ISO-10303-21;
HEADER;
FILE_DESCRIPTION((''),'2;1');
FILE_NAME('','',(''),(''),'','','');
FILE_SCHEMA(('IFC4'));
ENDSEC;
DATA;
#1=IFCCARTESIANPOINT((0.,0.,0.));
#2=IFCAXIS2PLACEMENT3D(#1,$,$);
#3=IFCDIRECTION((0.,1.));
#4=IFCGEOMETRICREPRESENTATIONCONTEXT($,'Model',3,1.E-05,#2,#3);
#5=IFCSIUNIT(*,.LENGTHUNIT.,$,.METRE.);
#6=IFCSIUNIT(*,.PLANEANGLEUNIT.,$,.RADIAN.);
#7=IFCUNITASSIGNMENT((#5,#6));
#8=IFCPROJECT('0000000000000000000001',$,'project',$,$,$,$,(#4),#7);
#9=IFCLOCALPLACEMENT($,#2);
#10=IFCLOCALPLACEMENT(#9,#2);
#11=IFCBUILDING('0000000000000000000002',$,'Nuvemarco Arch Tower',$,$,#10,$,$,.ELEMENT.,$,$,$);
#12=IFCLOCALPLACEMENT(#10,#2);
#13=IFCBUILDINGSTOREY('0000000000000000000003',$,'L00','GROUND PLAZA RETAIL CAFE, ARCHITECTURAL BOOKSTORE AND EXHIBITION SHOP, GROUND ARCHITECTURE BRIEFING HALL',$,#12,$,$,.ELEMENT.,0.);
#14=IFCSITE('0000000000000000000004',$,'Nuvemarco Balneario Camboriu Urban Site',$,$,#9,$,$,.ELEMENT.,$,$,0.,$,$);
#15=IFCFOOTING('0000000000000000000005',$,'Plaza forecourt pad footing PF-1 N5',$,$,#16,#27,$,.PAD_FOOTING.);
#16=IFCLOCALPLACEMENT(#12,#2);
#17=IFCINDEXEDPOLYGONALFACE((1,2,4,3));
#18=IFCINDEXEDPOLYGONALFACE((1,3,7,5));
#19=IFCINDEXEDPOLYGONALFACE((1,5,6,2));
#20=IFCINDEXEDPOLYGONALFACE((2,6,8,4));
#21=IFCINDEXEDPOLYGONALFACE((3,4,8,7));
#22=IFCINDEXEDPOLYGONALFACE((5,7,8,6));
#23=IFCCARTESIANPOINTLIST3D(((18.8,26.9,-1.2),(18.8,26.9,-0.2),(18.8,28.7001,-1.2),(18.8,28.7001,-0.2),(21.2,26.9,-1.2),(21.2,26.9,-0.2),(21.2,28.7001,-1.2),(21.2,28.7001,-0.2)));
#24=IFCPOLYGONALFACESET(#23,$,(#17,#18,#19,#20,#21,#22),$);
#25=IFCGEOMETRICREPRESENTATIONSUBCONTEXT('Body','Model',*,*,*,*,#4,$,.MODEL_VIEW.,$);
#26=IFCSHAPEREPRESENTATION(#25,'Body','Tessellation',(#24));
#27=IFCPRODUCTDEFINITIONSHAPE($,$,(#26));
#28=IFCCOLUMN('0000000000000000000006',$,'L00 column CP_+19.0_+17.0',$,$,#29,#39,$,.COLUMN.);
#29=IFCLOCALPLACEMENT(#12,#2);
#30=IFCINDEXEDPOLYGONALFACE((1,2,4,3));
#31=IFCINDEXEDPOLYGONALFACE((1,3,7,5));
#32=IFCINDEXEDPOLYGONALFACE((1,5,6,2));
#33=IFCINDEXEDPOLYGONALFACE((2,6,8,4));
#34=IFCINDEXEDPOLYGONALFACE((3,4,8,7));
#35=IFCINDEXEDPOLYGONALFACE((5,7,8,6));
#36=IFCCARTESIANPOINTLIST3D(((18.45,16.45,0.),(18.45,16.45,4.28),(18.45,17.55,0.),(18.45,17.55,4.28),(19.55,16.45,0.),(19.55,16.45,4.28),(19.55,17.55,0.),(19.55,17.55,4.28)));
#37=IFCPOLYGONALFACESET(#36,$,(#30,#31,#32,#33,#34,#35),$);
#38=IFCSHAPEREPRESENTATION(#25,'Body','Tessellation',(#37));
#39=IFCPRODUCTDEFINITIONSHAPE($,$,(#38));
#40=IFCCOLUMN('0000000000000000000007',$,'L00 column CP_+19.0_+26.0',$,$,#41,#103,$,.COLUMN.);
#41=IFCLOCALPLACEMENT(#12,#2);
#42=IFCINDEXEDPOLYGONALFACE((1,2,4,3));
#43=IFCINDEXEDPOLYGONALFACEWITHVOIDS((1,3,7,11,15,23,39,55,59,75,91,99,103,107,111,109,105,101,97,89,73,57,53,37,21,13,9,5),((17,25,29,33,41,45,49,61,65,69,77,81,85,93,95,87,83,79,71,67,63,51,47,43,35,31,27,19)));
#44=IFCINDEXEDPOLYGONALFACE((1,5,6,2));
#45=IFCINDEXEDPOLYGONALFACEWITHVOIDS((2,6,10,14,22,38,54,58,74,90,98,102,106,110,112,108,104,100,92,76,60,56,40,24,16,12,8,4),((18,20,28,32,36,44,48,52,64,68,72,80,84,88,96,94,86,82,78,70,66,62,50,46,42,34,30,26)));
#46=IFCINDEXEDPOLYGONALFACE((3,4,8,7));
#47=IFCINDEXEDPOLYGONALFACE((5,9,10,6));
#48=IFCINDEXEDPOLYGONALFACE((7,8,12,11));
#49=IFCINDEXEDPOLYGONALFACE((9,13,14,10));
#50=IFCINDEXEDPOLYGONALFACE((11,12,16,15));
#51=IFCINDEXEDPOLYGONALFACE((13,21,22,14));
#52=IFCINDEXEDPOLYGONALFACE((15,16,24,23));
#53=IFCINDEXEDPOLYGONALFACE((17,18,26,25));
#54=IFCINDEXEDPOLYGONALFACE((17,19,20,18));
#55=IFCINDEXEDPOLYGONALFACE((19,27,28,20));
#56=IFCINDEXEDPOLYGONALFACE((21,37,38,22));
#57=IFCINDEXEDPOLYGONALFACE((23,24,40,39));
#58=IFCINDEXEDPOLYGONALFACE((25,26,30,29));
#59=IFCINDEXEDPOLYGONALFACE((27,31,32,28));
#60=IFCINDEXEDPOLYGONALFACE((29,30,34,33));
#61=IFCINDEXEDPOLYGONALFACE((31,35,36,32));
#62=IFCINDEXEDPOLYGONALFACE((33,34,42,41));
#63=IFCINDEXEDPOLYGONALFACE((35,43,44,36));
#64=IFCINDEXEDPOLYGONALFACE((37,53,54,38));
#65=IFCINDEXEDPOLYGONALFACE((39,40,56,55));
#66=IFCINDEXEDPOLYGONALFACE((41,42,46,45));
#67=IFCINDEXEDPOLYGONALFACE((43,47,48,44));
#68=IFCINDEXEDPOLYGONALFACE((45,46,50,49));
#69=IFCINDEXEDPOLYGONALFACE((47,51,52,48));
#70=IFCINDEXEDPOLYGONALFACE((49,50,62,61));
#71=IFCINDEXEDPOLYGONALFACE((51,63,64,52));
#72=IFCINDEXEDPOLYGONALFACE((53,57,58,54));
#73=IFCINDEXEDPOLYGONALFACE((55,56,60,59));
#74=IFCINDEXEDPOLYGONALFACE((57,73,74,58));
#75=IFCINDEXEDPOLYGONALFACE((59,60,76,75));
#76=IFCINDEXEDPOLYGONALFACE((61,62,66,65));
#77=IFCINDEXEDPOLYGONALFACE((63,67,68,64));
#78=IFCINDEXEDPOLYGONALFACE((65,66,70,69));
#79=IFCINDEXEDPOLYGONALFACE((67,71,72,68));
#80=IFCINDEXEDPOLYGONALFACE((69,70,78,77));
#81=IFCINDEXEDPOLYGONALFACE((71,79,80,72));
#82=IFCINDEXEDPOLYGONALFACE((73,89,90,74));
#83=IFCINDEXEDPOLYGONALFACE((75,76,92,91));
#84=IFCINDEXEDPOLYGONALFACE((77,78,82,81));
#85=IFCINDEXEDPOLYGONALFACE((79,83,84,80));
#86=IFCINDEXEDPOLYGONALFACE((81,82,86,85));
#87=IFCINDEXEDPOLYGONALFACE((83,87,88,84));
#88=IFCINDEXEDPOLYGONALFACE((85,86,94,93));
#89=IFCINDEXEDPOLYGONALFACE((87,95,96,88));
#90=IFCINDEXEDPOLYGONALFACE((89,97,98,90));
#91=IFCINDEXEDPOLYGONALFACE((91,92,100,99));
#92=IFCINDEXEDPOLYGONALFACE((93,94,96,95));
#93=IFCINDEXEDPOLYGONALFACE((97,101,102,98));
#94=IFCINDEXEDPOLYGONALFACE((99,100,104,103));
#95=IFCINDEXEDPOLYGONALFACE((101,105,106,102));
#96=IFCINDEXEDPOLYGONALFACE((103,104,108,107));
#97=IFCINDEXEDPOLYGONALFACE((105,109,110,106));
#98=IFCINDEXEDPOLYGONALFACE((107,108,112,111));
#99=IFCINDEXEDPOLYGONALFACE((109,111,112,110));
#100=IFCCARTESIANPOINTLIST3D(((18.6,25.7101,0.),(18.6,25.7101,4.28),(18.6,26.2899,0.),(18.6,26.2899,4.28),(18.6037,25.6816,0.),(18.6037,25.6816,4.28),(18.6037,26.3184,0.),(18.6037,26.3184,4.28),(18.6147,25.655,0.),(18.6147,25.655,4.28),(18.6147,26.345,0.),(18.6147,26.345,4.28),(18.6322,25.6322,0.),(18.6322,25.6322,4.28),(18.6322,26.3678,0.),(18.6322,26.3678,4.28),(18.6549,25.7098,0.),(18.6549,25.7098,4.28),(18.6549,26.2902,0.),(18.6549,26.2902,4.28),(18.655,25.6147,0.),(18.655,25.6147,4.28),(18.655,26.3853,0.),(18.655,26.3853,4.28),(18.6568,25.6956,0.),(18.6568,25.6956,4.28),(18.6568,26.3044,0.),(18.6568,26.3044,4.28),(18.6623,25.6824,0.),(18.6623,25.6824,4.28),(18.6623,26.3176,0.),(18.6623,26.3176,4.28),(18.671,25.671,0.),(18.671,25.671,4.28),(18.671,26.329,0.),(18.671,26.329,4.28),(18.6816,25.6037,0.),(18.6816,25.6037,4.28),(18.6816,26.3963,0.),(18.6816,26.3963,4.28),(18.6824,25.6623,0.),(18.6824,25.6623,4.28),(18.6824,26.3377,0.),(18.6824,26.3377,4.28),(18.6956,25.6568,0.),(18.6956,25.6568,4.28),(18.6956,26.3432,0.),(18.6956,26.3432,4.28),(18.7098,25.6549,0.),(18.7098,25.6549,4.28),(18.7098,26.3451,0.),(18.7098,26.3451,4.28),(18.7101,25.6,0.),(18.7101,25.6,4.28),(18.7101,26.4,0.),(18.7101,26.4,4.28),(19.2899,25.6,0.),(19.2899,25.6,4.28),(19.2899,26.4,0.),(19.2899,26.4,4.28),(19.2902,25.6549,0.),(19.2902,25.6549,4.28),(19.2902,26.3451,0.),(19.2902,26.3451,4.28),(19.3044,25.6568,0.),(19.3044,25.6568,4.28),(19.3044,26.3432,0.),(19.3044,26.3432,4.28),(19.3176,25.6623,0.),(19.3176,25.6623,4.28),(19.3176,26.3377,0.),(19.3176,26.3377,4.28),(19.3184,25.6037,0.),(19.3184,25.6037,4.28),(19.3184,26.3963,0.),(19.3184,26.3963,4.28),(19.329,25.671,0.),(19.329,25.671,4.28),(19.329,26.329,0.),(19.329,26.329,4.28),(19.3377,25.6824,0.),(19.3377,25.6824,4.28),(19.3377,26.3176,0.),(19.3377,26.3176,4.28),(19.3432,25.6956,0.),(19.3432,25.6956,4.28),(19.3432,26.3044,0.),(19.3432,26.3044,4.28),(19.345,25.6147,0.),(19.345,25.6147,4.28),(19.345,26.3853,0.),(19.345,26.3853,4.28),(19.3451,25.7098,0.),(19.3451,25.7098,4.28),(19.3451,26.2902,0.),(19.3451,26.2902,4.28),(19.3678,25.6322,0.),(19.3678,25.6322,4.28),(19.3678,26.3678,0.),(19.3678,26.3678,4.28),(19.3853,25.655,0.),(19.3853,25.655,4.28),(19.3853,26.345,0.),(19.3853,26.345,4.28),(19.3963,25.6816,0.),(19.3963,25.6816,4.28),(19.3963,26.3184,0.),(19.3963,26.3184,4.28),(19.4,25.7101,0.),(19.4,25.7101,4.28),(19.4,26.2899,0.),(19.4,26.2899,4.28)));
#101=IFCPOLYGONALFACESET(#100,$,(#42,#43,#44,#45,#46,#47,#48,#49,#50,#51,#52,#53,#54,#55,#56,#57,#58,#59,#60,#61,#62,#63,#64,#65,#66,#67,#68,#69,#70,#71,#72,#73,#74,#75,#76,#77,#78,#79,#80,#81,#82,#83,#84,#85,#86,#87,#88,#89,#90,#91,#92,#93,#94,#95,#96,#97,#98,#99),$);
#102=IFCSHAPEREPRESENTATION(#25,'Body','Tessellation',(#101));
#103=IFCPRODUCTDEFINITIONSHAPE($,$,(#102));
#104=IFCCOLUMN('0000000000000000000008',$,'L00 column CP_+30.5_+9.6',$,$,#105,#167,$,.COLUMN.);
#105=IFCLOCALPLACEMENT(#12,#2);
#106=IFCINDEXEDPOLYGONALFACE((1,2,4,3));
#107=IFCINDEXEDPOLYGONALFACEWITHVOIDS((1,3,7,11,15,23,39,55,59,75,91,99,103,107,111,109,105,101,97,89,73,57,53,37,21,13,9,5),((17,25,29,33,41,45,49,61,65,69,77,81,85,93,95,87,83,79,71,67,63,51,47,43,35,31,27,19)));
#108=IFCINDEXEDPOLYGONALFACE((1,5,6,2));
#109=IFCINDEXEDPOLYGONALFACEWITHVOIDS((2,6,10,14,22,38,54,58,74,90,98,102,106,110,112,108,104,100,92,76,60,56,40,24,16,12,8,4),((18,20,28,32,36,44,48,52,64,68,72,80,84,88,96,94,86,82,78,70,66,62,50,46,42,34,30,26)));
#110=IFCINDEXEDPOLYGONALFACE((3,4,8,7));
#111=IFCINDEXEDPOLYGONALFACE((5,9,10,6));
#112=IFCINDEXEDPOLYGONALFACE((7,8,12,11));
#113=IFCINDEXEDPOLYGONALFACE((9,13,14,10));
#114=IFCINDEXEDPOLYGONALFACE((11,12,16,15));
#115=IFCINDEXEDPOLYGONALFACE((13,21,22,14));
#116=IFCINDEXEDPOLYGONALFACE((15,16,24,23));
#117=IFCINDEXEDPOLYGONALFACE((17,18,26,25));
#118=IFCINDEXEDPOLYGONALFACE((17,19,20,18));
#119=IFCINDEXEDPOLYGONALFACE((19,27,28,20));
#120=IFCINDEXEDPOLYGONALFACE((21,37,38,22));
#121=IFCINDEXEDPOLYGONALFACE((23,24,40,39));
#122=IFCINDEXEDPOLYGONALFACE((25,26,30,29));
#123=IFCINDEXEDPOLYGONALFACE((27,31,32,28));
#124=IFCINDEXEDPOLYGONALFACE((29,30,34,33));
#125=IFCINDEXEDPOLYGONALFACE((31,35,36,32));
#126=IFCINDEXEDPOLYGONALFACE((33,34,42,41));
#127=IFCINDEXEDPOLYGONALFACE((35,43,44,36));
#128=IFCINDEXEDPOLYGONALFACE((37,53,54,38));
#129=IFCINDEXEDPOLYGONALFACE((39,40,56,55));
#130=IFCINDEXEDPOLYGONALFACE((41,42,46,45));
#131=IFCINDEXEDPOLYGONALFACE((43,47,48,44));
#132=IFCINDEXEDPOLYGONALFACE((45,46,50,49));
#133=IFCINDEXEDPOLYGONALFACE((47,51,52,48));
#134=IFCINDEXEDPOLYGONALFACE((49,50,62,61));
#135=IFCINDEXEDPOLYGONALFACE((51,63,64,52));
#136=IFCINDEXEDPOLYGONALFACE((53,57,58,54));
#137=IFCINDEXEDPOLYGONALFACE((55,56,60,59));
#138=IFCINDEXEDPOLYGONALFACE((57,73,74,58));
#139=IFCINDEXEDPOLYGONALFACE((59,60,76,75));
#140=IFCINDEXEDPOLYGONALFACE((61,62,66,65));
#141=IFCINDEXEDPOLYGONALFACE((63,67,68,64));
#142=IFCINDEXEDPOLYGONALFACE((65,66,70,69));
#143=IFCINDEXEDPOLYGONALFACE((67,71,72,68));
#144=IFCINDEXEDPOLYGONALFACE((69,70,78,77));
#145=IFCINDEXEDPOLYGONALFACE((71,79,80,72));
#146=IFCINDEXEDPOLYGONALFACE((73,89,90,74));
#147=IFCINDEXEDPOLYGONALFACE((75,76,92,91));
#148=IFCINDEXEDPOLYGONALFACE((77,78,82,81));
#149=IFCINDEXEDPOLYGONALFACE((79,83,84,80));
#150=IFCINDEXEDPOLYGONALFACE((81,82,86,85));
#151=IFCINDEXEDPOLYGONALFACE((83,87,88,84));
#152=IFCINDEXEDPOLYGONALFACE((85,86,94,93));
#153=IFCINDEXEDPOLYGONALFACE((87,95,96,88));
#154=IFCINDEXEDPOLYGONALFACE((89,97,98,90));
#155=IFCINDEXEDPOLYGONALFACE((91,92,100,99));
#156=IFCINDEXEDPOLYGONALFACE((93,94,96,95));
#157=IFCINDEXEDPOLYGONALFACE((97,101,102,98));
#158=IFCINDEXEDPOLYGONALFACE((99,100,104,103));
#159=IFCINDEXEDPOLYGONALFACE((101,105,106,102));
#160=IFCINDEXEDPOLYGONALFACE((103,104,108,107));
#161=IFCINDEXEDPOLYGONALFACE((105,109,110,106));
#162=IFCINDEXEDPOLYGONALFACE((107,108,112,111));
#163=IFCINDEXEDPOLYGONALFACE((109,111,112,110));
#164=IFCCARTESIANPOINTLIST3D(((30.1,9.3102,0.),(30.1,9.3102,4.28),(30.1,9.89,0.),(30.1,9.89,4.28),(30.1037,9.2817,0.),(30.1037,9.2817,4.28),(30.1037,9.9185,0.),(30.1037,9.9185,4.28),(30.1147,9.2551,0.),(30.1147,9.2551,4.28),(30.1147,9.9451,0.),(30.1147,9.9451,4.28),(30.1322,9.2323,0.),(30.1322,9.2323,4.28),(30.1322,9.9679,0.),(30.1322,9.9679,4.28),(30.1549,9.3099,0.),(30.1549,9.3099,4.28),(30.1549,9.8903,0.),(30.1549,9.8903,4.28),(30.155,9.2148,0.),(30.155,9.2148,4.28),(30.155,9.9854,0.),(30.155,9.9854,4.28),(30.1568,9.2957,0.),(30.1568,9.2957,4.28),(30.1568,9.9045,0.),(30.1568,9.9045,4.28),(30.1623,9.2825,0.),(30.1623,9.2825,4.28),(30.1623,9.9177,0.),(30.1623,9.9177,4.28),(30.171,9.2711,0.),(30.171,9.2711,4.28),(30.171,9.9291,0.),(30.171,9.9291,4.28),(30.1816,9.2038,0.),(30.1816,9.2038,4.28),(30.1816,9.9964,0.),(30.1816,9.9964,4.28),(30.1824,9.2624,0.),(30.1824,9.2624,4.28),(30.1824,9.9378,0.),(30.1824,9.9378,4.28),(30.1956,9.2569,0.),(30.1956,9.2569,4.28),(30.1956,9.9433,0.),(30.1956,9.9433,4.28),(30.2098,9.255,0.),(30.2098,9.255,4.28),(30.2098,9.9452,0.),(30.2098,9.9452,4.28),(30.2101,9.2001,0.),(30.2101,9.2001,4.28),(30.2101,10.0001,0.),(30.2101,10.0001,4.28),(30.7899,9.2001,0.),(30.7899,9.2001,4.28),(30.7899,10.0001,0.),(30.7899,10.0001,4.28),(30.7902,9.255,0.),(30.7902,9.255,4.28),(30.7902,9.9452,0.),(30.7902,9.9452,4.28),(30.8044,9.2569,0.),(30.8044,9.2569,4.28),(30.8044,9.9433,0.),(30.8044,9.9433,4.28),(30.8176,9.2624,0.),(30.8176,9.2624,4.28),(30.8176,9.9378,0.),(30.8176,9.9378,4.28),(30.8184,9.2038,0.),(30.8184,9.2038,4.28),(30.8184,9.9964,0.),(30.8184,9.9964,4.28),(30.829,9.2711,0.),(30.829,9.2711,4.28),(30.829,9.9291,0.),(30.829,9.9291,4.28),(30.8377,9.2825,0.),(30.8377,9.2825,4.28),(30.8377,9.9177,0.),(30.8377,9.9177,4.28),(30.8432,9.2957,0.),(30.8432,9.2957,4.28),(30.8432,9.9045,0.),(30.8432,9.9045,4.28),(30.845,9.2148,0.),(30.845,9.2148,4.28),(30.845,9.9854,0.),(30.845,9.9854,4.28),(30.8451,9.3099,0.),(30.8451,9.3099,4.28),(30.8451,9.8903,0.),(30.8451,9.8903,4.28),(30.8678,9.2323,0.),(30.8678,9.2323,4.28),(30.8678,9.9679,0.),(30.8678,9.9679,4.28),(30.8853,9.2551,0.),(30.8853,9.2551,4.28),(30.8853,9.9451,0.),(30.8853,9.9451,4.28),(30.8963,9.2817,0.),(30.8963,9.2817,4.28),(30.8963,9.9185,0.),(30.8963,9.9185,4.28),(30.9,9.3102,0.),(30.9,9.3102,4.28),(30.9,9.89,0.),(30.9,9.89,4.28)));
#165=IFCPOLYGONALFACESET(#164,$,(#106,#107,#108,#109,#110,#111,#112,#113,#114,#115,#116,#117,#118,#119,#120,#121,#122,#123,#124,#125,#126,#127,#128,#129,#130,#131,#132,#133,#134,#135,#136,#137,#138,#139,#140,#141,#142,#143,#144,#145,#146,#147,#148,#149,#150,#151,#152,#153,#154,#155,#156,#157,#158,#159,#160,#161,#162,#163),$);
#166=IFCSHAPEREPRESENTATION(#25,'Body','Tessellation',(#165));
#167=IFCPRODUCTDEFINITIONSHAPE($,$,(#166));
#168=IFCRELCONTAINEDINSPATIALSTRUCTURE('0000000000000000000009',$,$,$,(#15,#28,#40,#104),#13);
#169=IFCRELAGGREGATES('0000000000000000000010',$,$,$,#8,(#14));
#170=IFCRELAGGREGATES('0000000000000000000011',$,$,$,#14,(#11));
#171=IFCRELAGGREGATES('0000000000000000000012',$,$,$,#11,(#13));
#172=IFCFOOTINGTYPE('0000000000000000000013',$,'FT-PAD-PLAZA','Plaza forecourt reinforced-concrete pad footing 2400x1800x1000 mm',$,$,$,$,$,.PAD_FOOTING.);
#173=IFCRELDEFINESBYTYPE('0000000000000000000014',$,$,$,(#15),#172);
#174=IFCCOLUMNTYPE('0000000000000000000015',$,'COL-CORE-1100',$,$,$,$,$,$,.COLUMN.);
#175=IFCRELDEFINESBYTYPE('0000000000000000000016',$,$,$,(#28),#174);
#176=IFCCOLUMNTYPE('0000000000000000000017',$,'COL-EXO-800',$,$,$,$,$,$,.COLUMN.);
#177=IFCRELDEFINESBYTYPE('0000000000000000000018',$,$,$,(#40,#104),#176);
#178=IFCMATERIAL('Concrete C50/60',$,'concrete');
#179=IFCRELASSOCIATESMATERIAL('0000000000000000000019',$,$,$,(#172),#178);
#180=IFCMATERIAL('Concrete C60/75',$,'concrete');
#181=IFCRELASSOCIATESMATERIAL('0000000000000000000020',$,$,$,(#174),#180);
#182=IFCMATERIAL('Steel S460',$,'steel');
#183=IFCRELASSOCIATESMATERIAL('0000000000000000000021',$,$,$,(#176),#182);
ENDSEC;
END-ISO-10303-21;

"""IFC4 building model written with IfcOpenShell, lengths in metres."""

from ifc_helpers import new_model, si_unit, direction, frame, origin, origin_2d, place, context, subcontext, project, spatial, rectangle, hollow_rectangle, extrude, source, transform, mapped, material, material_profile, profile_set, type_object, type_shapes, element, save


model = new_model("IFC4")

# Units and contexts
model_context = context("Model", 3, precision=1e-05, world=origin(), true_north=direction((0.0, 1.0)))
body_context = subcontext(model_context, "Body", "Model", "MODEL_VIEW")
ifc_project = project(units=[si_unit("LENGTHUNIT", "METRE"), si_unit("PLANEANGLEUNIT", "RADIAN")], contexts=[model_context])

# Site, building, storey
site_placement = place(None, origin())
site = spatial("IfcSite", under=ifc_project, at=site_placement, Name="Nuvemarco Balneario Camboriu Urban Site", CompositionType="ELEMENT", RefElevation=0.0)
building_placement = place(site_placement, origin())
building = spatial("IfcBuilding", under=site, at=building_placement, Name="Nuvemarco Arch Tower", CompositionType="ELEMENT")
storey_placement = place(building_placement, origin())
storey = spatial("IfcBuildingStorey", under=building, at=storey_placement, Name="L00", Description="GROUND PLAZA RETAIL CAFE, ARCHITECTURAL BOOKSTORE AND EXHIBITION SHOP, GROUND ARCHITECTURE BRIEFING HALL", CompositionType="ELEMENT", Elevation=0.0)

# Footing
ifc_material_1 = material(Name="Concrete C50/60", Category="concrete")
footing_type = type_object("IfcFootingType", Name="FT-PAD-PLAZA", Description="Plaza forecourt reinforced-concrete pad footing 2400x1800x1000 mm", PredefinedType="PAD_FOOTING", material=ifc_material_1)
shared_shape_1 = source(origin(), body_context, "Body", "SweptSolid", [
    extrude(rectangle(XDim=2.3999, YDim=1.8, at=origin_2d()), origin(), (0.0, 0.0, 1.0), 1.0),
])
type_shapes(footing_type, [shared_shape_1])
footing_placement = place(storey_placement, frame((20.0, 27.8, -1.2), z_axis=(0.0, 0.0, 1.0), x_axis=(1.0, 0.0, 0.0)))
element("IfcFooting", 1, at=footing_placement, inside=storey, type_object=footing_type, Name="Plaza forecourt pad footing PF-1 N5", PredefinedType="PAD_FOOTING", context=body_context, shape_type="MappedRepresentation", body=[
    mapped(shared_shape_1, transform((0.0, 0.0, 0.0), scale=1.0)),
])

# Columns
ifc_material_2 = material(Name="Concrete C60/75", Category="concrete")
ifc_material_profile_1 = material_profile(ifc_material_2, rectangle(XDim=1.1001, YDim=1.1001, at=origin_2d()), Name="RC-COL-1100x1100")
ifc_profile_set_1 = profile_set([ifc_material_profile_1], Name="Concrete C60/75")
column_type_1 = type_object("IfcColumnType", Name="COL-CORE-1100", PredefinedType="COLUMN", material=ifc_profile_set_1)
column_placement = place(storey_placement, frame((19.0, 17.0, 0.0), z_axis=(0.0, 0.0, 1.0), x_axis=(1.0, 0.0, 0.0)))
element("IfcColumn", 2, at=column_placement, inside=storey, type_object=column_type_1, Name="L00 column CP_+19.0_+17.0", PredefinedType="COLUMN", context=body_context, shape_type="SweptSolid", body=[
    extrude(rectangle(XDim=1.1001, YDim=1.1001, at=origin_2d()), origin(), (0.0, 0.0, 1.0), 4.28),
])
ifc_material_3 = material(Name="Steel S460", Category="steel")
ifc_material_profile_2 = material_profile(ifc_material_3, hollow_rectangle(XDim=0.8, YDim=0.8, WallThickness=0.0549, InnerFilletRadius=0.0549, OuterFilletRadius=0.1101, at=origin_2d()), Name="SHS800x800x55")
ifc_profile_set_2 = profile_set([ifc_material_profile_2], Name="Steel S460")
column_type_2 = type_object("IfcColumnType", Name="COL-EXO-800", PredefinedType="COLUMN", material=ifc_profile_set_2)
for number, where, z_axis, x_axis, name in (
    (3, (19.0, 26.0, 0.0), (0.0, 0.0, 1.0), (1.0, 0.0, 0.0), "L00 column CP_+19.0_+26.0"),
    (4, (30.5, 9.6001, 0.0), (0.0, 0.0, 1.0), (1.0, 0.0, 0.0), "L00 column CP_+30.5_+9.6"),
):
    element("IfcColumn", number, at=place(storey_placement, frame(where, z_axis=z_axis, x_axis=x_axis)), inside=storey, type_object=column_type_2, Name=name, PredefinedType="COLUMN", context=body_context, shape_type="SweptSolid", body=[
        extrude(hollow_rectangle(XDim=0.8, YDim=0.8, WallThickness=0.0549, InnerFilletRadius=0.0549, OuterFilletRadius=0.1101, at=origin_2d()), origin(), (0.0, 0.0, 1.0), 4.28),
    ])

save(model, "model.ifc")
